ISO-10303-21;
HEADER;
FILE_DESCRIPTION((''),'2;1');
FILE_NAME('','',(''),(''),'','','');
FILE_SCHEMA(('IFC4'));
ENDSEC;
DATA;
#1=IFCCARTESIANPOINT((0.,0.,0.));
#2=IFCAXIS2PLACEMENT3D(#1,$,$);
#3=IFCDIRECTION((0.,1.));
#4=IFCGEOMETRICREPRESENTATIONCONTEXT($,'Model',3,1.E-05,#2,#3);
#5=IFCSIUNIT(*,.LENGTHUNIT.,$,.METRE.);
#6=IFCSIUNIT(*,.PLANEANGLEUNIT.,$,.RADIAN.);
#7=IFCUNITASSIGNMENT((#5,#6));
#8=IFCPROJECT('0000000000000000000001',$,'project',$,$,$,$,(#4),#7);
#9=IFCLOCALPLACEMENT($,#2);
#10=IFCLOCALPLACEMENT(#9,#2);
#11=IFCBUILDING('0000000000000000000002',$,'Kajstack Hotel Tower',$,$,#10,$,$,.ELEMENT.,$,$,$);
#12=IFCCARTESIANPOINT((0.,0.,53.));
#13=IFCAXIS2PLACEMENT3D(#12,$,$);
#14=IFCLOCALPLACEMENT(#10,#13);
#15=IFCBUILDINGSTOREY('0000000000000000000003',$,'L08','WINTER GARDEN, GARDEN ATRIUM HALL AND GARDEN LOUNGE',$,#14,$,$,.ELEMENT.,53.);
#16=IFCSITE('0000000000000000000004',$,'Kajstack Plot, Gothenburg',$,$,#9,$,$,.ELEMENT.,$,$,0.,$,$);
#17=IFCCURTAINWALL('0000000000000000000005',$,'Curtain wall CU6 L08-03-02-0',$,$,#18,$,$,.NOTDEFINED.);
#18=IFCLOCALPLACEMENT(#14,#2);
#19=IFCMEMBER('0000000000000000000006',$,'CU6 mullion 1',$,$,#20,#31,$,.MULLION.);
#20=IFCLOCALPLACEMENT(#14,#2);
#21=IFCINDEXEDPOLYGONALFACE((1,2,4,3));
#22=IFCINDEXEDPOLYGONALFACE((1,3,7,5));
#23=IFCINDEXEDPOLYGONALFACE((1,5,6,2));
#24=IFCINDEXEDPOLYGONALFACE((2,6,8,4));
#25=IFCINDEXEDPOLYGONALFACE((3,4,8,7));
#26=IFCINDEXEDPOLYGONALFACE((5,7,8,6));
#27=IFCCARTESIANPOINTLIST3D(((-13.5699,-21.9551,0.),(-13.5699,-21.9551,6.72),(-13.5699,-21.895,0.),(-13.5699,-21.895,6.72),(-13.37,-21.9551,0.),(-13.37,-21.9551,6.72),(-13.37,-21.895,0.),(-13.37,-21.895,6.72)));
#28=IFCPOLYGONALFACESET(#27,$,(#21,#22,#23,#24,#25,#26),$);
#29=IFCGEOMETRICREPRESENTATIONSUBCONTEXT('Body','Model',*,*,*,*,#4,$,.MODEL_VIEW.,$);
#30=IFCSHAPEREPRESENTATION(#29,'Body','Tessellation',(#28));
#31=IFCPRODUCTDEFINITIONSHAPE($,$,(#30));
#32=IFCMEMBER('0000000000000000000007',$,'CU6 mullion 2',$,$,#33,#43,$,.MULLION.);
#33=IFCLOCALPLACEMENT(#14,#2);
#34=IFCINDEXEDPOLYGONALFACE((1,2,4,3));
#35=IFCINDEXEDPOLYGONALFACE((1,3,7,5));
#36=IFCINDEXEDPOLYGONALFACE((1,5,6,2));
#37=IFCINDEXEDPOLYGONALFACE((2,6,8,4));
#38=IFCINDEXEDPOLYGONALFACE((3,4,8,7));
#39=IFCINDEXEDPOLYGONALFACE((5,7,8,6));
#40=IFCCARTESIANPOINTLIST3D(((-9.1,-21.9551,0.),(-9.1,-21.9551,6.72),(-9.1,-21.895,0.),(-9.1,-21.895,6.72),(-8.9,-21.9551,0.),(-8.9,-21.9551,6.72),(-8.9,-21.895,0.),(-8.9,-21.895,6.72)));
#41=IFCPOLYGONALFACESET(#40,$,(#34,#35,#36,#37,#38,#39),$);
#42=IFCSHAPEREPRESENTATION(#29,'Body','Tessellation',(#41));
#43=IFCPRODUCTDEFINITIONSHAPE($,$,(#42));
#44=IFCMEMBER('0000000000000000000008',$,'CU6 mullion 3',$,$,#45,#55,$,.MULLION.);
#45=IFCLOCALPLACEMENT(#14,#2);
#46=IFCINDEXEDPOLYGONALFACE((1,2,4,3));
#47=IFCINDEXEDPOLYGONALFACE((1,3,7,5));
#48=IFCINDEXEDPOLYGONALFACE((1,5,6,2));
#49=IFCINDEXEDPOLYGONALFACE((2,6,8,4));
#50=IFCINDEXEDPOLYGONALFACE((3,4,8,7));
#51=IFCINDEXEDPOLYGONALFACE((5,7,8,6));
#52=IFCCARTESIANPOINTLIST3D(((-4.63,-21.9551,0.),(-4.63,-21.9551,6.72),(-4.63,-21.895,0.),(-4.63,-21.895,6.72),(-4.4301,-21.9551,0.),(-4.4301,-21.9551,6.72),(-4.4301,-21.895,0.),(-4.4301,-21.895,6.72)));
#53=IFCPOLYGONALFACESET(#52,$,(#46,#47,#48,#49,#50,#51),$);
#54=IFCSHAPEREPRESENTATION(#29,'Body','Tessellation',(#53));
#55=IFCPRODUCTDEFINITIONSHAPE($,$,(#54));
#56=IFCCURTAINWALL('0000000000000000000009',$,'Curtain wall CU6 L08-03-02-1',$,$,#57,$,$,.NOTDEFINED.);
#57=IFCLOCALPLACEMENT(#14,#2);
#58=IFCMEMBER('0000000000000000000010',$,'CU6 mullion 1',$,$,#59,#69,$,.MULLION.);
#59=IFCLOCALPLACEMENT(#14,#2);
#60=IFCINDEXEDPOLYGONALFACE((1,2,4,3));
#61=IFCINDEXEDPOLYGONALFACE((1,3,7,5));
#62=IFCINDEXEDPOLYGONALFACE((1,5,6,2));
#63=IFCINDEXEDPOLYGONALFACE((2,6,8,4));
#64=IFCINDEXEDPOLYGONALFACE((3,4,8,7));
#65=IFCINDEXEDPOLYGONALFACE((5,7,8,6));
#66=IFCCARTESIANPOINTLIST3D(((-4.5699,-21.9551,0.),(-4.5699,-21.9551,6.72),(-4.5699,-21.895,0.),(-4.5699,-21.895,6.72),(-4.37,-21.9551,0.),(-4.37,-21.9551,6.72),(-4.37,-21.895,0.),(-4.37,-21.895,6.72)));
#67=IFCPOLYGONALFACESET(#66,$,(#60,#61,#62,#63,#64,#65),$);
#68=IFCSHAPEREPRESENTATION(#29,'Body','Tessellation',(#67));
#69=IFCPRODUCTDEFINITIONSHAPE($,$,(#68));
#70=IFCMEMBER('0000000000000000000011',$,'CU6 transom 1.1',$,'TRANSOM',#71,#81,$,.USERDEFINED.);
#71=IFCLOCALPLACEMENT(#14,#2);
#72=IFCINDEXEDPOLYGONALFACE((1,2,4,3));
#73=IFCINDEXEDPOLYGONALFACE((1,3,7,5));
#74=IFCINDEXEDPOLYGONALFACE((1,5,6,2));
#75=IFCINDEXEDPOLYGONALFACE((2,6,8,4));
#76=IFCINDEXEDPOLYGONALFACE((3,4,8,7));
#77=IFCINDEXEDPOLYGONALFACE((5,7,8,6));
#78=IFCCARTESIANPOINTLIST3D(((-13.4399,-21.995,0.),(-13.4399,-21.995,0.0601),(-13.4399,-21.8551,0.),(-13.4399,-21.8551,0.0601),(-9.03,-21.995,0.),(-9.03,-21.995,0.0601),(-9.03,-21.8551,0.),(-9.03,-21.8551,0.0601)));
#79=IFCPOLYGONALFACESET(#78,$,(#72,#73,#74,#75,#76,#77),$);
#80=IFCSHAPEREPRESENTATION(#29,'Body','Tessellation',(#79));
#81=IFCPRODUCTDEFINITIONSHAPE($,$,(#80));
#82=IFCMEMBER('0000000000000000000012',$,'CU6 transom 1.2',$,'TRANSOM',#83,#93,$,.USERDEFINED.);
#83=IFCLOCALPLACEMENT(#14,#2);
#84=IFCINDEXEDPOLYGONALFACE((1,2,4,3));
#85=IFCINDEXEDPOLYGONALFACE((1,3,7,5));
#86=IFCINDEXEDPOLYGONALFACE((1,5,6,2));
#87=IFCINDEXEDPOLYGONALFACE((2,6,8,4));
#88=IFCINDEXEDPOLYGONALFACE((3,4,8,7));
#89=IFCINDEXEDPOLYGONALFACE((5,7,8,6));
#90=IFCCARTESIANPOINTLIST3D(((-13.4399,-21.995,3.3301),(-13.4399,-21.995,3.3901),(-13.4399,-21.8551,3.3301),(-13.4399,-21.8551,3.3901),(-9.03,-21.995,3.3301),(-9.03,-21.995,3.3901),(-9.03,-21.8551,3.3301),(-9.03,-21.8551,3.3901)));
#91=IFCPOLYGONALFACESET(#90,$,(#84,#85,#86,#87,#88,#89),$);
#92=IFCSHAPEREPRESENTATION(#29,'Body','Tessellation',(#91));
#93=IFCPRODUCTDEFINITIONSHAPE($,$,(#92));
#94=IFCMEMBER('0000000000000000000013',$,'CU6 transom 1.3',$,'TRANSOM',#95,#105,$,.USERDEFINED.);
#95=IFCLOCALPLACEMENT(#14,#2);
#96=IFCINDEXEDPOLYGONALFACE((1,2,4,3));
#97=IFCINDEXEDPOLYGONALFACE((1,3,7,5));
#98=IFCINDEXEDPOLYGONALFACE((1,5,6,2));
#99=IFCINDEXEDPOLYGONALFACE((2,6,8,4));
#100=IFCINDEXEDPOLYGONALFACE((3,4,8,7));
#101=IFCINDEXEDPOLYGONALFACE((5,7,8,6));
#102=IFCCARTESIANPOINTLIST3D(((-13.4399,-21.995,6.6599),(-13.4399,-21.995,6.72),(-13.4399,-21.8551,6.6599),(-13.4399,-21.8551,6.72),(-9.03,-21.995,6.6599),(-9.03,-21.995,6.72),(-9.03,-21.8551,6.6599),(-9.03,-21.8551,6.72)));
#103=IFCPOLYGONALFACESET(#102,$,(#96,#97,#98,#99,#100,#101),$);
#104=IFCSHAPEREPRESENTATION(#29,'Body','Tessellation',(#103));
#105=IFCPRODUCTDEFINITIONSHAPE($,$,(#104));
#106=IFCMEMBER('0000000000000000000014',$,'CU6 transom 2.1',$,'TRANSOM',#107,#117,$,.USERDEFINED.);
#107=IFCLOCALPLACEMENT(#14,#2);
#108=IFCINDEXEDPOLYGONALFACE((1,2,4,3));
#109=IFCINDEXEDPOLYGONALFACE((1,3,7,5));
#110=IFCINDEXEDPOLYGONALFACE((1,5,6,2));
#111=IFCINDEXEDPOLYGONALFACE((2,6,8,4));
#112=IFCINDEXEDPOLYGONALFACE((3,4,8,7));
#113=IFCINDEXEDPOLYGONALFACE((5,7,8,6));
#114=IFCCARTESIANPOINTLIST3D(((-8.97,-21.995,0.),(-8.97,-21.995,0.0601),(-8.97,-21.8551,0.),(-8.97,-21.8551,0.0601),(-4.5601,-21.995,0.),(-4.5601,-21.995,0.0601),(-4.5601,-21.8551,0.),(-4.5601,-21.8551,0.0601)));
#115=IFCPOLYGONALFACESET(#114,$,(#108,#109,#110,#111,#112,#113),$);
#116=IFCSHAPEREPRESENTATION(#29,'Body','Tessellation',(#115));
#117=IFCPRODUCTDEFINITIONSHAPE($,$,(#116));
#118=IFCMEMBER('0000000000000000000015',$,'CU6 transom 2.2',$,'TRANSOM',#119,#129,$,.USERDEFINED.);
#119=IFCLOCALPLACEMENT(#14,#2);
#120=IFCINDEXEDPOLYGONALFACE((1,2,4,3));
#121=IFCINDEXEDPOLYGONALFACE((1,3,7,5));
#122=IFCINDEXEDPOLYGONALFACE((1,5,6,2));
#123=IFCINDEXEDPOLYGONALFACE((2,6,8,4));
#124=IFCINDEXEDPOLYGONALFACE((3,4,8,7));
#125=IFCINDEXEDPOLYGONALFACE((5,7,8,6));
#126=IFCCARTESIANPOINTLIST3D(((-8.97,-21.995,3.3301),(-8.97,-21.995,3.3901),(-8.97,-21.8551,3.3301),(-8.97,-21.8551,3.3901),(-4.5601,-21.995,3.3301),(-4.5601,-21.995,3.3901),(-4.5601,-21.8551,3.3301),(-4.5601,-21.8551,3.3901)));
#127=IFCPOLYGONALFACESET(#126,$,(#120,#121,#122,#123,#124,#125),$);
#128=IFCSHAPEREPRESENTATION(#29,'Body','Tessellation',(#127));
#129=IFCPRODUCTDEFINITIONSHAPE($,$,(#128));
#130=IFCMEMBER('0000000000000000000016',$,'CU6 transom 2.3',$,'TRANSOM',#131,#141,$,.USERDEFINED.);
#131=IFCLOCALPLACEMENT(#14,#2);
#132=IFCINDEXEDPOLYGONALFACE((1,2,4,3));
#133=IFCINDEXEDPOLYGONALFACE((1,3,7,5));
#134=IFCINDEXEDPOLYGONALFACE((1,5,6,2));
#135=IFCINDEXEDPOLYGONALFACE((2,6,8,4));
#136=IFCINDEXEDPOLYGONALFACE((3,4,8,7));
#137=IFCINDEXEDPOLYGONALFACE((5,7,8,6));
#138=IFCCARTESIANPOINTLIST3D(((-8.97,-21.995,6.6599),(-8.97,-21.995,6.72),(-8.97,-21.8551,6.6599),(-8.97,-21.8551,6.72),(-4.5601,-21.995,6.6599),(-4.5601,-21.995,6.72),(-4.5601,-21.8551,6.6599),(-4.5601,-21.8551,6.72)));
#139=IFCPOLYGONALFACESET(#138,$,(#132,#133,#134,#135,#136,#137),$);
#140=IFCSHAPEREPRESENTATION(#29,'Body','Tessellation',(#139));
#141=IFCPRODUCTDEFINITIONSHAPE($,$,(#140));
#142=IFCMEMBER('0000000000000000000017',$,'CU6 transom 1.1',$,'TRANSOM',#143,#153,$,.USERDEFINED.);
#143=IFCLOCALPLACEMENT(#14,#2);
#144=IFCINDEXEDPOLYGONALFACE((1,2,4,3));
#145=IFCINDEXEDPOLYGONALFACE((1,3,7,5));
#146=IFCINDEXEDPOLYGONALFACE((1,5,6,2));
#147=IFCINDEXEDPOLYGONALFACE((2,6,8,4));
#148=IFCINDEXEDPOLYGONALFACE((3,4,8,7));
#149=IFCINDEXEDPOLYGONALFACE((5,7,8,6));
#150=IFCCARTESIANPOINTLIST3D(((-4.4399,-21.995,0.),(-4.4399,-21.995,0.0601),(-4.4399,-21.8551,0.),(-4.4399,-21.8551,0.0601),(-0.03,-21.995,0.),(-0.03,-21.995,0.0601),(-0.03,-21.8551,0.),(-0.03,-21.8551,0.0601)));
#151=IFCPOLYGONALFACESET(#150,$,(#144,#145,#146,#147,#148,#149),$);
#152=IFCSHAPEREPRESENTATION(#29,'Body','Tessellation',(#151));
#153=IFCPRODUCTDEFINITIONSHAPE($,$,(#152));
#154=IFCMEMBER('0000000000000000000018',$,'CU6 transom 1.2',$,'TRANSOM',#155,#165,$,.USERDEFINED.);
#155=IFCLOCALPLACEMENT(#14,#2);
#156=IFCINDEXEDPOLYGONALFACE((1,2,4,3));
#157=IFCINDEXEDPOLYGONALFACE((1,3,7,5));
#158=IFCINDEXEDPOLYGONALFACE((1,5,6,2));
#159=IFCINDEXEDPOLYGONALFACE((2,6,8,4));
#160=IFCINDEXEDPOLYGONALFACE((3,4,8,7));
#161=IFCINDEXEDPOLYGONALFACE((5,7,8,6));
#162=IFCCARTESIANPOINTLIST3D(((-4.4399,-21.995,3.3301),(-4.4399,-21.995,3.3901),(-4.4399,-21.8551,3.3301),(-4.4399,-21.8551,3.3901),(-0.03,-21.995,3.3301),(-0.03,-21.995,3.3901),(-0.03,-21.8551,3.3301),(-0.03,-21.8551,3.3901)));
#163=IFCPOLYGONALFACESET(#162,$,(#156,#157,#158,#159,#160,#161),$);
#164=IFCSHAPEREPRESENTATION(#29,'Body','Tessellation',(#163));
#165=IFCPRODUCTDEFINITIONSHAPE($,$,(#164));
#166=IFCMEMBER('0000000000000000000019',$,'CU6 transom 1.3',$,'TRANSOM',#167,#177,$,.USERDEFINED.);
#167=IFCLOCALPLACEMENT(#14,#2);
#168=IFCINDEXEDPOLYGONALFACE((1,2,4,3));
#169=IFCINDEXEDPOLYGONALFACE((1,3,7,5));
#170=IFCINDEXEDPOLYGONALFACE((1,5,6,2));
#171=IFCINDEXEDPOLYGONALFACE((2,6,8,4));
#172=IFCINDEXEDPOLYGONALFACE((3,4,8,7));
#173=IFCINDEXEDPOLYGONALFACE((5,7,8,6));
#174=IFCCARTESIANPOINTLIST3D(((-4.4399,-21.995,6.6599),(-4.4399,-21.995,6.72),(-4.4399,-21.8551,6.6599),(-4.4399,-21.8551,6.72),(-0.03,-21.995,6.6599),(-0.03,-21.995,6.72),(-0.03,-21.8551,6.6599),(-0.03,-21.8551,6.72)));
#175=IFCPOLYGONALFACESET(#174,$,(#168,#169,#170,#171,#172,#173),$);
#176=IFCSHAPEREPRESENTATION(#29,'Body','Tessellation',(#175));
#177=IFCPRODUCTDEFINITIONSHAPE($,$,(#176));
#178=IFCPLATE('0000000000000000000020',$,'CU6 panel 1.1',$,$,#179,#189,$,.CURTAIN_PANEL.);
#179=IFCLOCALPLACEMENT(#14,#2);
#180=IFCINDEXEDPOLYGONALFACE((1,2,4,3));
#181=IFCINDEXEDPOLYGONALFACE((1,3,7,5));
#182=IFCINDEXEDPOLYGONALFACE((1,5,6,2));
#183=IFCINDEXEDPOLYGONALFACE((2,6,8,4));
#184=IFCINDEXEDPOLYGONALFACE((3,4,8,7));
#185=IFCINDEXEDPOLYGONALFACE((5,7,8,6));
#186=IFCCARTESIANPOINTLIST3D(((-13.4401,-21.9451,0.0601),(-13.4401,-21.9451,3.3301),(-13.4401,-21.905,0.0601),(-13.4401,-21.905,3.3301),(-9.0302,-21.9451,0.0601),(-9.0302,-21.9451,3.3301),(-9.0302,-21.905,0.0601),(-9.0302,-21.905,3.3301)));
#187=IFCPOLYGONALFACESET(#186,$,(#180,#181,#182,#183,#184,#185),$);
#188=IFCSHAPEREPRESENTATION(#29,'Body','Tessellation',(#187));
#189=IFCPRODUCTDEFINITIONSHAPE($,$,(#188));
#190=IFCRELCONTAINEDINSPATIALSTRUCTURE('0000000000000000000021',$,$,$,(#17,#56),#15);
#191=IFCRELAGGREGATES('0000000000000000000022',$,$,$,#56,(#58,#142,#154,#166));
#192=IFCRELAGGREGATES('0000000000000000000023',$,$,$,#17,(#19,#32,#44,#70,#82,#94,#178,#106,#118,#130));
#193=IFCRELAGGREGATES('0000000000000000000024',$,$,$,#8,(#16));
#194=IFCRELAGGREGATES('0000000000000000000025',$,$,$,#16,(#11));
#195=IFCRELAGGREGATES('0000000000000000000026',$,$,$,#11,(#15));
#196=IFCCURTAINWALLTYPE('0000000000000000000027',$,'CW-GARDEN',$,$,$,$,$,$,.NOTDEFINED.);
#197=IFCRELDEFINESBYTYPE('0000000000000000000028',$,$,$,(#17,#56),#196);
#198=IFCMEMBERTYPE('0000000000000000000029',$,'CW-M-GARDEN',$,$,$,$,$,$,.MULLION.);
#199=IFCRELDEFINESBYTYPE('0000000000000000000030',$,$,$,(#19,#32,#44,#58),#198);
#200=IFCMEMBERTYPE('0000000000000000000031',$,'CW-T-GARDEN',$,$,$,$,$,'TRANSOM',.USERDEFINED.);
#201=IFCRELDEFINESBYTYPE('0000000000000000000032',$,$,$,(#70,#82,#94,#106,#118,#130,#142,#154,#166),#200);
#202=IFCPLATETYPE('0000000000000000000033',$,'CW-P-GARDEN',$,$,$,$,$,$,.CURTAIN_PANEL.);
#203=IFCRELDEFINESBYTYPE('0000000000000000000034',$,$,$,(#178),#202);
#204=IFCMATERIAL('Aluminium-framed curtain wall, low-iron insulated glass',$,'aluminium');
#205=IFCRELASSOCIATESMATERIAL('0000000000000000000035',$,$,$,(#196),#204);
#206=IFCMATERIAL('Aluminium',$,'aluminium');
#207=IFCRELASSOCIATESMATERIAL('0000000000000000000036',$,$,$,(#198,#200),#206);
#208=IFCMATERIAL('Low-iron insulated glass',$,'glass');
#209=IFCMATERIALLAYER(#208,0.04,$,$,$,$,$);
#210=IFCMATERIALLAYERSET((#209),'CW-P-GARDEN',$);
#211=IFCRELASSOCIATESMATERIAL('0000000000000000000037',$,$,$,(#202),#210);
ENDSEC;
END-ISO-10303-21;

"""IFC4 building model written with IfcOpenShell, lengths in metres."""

from ifc_helpers import new_model, si_unit, direction, frame, origin, origin_2d, place, context, subcontext, project, spatial, rectangle, extrude, material, layer, layer_set, material_profile, profile_set, type_object, element, aggregate, save


model = new_model("IFC4")

# Units and contexts
model_context = context("Model", 3, precision=1e-05, world=origin(), true_north=direction((0.0, 1.0)))
body_context = subcontext(model_context, "Body", "Model", "MODEL_VIEW")
ifc_project = project(units=[si_unit("LENGTHUNIT", "METRE"), si_unit("PLANEANGLEUNIT", "RADIAN")], contexts=[model_context])

# Site, building, storey
site_placement = place(None, origin())
site = spatial("IfcSite", under=ifc_project, at=site_placement, Name="Kajstack Plot, Gothenburg", CompositionType="ELEMENT", RefElevation=0.0)
building_placement = place(site_placement, origin())
building = spatial("IfcBuilding", under=site, at=building_placement, Name="Kajstack Hotel Tower", CompositionType="ELEMENT")
storey_placement = place(building_placement, frame((0.0, 0.0, 53.0)))
storey = spatial("IfcBuildingStorey", under=building, at=storey_placement, Name="L08", Description="WINTER GARDEN, GARDEN ATRIUM HALL AND GARDEN LOUNGE", CompositionType="ELEMENT", Elevation=53.0)

# Curtain wall, members
ifc_material_1 = material(Name="Aluminium-framed curtain wall, low-iron insulated glass", Category="aluminium")
curtain_wall_type = type_object("IfcCurtainWallType", Name="CW-GARDEN", PredefinedType="NOTDEFINED", material=ifc_material_1)
curtain_wall_1_placement = place(storey_placement, origin())
curtain_wall_1 = element("IfcCurtainWall", 1, at=curtain_wall_1_placement, inside=storey, type_object=curtain_wall_type, Name="Curtain wall CU6 L08-03-02-0", PredefinedType="NOTDEFINED")
ifc_material_2 = material(Name="Aluminium", Category="aluminium")
ifc_material_profile_1 = material_profile(ifc_material_2, rectangle(XDim=0.0601, YDim=0.2, at=origin_2d()), Name="Aluminium mullion 60 x 200")
ifc_profile_set_1 = profile_set([ifc_material_profile_1], Name="Aluminium")
member_type_1 = type_object("IfcMemberType", Name="CW-M-GARDEN", PredefinedType="MULLION", material=ifc_profile_set_1)
member_1_placement = place(storey_placement, frame((-13.47, -21.925, 0.0), z_axis=(0.0, 0.0, 1.0), x_axis=(0.0, 1.0, 0.0)))
member_1 = element("IfcMember", 2, at=member_1_placement, type_object=member_type_1, Name="CU6 mullion 1", PredefinedType="MULLION", context=body_context, shape_type="SweptSolid", body=[
    extrude(rectangle(XDim=0.0601, YDim=0.2, at=origin_2d()), origin(), (0.0, 0.0, 1.0), 6.72),
])
member_2_placement = place(storey_placement, frame((-9.0, -21.925, 0.0), z_axis=(0.0, 0.0, 1.0), x_axis=(0.0, 1.0, 0.0)))
member_2 = element("IfcMember", 3, at=member_2_placement, type_object=member_type_1, Name="CU6 mullion 2", PredefinedType="MULLION", context=body_context, shape_type="SweptSolid", body=[
    extrude(rectangle(XDim=0.0601, YDim=0.2, at=origin_2d()), origin(), (0.0, 0.0, 1.0), 6.72),
])
member_3_placement = place(storey_placement, frame((-4.53, -21.925, 0.0), z_axis=(0.0, 0.0, 1.0), x_axis=(0.0, 1.0, 0.0)))
member_3 = element("IfcMember", 4, at=member_3_placement, type_object=member_type_1, Name="CU6 mullion 3", PredefinedType="MULLION", context=body_context, shape_type="SweptSolid", body=[
    extrude(rectangle(XDim=0.0601, YDim=0.2, at=origin_2d()), origin(), (0.0, 0.0, 1.0), 6.72),
])

# Curtain wall, member
curtain_wall_2_placement = place(storey_placement, origin())
curtain_wall_2 = element("IfcCurtainWall", 5, at=curtain_wall_2_placement, inside=storey, type_object=curtain_wall_type, Name="Curtain wall CU6 L08-03-02-1", PredefinedType="NOTDEFINED")
member_4_placement = place(storey_placement, frame((-4.47, -21.925, 0.0), z_axis=(0.0, 0.0, 1.0), x_axis=(0.0, 1.0, 0.0)))
member_4 = element("IfcMember", 6, at=member_4_placement, type_object=member_type_1, Name="CU6 mullion 1", PredefinedType="MULLION", context=body_context, shape_type="SweptSolid", body=[
    extrude(rectangle(XDim=0.0601, YDim=0.2, at=origin_2d()), origin(), (0.0, 0.0, 1.0), 6.72),
])

# Members
ifc_material_profile_2 = material_profile(ifc_material_2, rectangle(XDim=0.1399, YDim=0.0601, at=origin_2d()), Name="Aluminium transom 140 x 60")
ifc_profile_set_2 = profile_set([ifc_material_profile_2], Name="Aluminium")
member_type_2 = type_object("IfcMemberType", Name="CW-T-GARDEN", ElementType="TRANSOM", PredefinedType="USERDEFINED", material=ifc_profile_set_2)
member_5_placement = place(storey_placement, frame((-13.4399, -21.925, 0.03), z_axis=(1.0, 0.0, 0.0), x_axis=(0.0, 1.0, 0.0)))
member_5 = element("IfcMember", 7, at=member_5_placement, type_object=member_type_2, Name="CU6 transom 1.1", ObjectType="TRANSOM", PredefinedType="USERDEFINED", context=body_context, shape_type="SweptSolid", body=[
    extrude(rectangle(XDim=0.1399, YDim=0.0601, at=origin_2d()), origin(), (0.0, 0.0, 1.0), 4.4099),
])
member_6_placement = place(storey_placement, frame((-13.4399, -21.925, 3.3601), z_axis=(1.0, 0.0, 0.0), x_axis=(0.0, 1.0, 0.0)))
member_6 = element("IfcMember", 8, at=member_6_placement, type_object=member_type_2, Name="CU6 transom 1.2", ObjectType="TRANSOM", PredefinedType="USERDEFINED", context=body_context, shape_type="SweptSolid", body=[
    extrude(rectangle(XDim=0.1399, YDim=0.0601, at=origin_2d()), origin(), (0.0, 0.0, 1.0), 4.4099),
])
member_7_placement = place(storey_placement, frame((-13.4399, -21.925, 6.6899), z_axis=(1.0, 0.0, 0.0), x_axis=(0.0, 1.0, 0.0)))
member_7 = element("IfcMember", 9, at=member_7_placement, type_object=member_type_2, Name="CU6 transom 1.3", ObjectType="TRANSOM", PredefinedType="USERDEFINED", context=body_context, shape_type="SweptSolid", body=[
    extrude(rectangle(XDim=0.1399, YDim=0.0601, at=origin_2d()), origin(), (0.0, 0.0, 1.0), 4.4099),
])
member_8_placement = place(storey_placement, frame((-8.97, -21.925, 0.03), z_axis=(1.0, 0.0, 0.0), x_axis=(0.0, 1.0, 0.0)))
member_8 = element("IfcMember", 10, at=member_8_placement, type_object=member_type_2, Name="CU6 transom 2.1", ObjectType="TRANSOM", PredefinedType="USERDEFINED", context=body_context, shape_type="SweptSolid", body=[
    extrude(rectangle(XDim=0.1399, YDim=0.0601, at=origin_2d()), origin(), (0.0, 0.0, 1.0), 4.4099),
])
member_9_placement = place(storey_placement, frame((-8.97, -21.925, 3.3601), z_axis=(1.0, 0.0, 0.0), x_axis=(0.0, 1.0, 0.0)))
member_9 = element("IfcMember", 11, at=member_9_placement, type_object=member_type_2, Name="CU6 transom 2.2", ObjectType="TRANSOM", PredefinedType="USERDEFINED", context=body_context, shape_type="SweptSolid", body=[
    extrude(rectangle(XDim=0.1399, YDim=0.0601, at=origin_2d()), origin(), (0.0, 0.0, 1.0), 4.4099),
])
member_10_placement = place(storey_placement, frame((-8.97, -21.925, 6.6899), z_axis=(1.0, 0.0, 0.0), x_axis=(0.0, 1.0, 0.0)))
member_10 = element("IfcMember", 12, at=member_10_placement, type_object=member_type_2, Name="CU6 transom 2.3", ObjectType="TRANSOM", PredefinedType="USERDEFINED", context=body_context, shape_type="SweptSolid", body=[
    extrude(rectangle(XDim=0.1399, YDim=0.0601, at=origin_2d()), origin(), (0.0, 0.0, 1.0), 4.4099),
])
member_11_placement = place(storey_placement, frame((-4.4399, -21.925, 0.03), z_axis=(1.0, 0.0, 0.0), x_axis=(0.0, 1.0, 0.0)))
member_11 = element("IfcMember", 13, at=member_11_placement, type_object=member_type_2, Name="CU6 transom 1.1", ObjectType="TRANSOM", PredefinedType="USERDEFINED", context=body_context, shape_type="SweptSolid", body=[
    extrude(rectangle(XDim=0.1399, YDim=0.0601, at=origin_2d()), origin(), (0.0, 0.0, 1.0), 4.4099),
])
member_12_placement = place(storey_placement, frame((-4.4399, -21.925, 3.3601), z_axis=(1.0, 0.0, 0.0), x_axis=(0.0, 1.0, 0.0)))
member_12 = element("IfcMember", 14, at=member_12_placement, type_object=member_type_2, Name="CU6 transom 1.2", ObjectType="TRANSOM", PredefinedType="USERDEFINED", context=body_context, shape_type="SweptSolid", body=[
    extrude(rectangle(XDim=0.1399, YDim=0.0601, at=origin_2d()), origin(), (0.0, 0.0, 1.0), 4.4099),
])
member_13_placement = place(storey_placement, frame((-4.4399, -21.925, 6.6899), z_axis=(1.0, 0.0, 0.0), x_axis=(0.0, 1.0, 0.0)))
member_13 = element("IfcMember", 15, at=member_13_placement, type_object=member_type_2, Name="CU6 transom 1.3", ObjectType="TRANSOM", PredefinedType="USERDEFINED", context=body_context, shape_type="SweptSolid", body=[
    extrude(rectangle(XDim=0.1399, YDim=0.0601, at=origin_2d()), origin(), (0.0, 0.0, 1.0), 4.4099),
])
aggregate(curtain_wall_2, [member_4, member_11, member_12, member_13])

# Plate
ifc_material_3 = material(Name="Low-iron insulated glass", Category="glass")
ifc_layer = layer(ifc_material_3, 0.04)
ifc_layer_set = layer_set([ifc_layer], Name="CW-P-GARDEN")
plate_type = type_object("IfcPlateType", Name="CW-P-GARDEN", PredefinedType="CURTAIN_PANEL", material=ifc_layer_set)
plate_1_placement = place(storey_placement, frame((-11.2351, -21.925, 0.0601), z_axis=(0.0, 0.0, 1.0), x_axis=(1.0, 0.0, 0.0)))
plate_1 = element("IfcPlate", 16, at=plate_1_placement, type_object=plate_type, Name="CU6 panel 1.1", PredefinedType="CURTAIN_PANEL", context=body_context, shape_type="SweptSolid", body=[
    extrude(rectangle(XDim=4.4099, YDim=0.04, at=origin_2d()), origin(), (0.0, 0.0, 1.0), 3.27),
])
aggregate(curtain_wall_1, [member_1, member_2, member_3, member_5, member_6, member_7, plate_1, member_8, member_9, member_10])

save(model, "model.ifc")
